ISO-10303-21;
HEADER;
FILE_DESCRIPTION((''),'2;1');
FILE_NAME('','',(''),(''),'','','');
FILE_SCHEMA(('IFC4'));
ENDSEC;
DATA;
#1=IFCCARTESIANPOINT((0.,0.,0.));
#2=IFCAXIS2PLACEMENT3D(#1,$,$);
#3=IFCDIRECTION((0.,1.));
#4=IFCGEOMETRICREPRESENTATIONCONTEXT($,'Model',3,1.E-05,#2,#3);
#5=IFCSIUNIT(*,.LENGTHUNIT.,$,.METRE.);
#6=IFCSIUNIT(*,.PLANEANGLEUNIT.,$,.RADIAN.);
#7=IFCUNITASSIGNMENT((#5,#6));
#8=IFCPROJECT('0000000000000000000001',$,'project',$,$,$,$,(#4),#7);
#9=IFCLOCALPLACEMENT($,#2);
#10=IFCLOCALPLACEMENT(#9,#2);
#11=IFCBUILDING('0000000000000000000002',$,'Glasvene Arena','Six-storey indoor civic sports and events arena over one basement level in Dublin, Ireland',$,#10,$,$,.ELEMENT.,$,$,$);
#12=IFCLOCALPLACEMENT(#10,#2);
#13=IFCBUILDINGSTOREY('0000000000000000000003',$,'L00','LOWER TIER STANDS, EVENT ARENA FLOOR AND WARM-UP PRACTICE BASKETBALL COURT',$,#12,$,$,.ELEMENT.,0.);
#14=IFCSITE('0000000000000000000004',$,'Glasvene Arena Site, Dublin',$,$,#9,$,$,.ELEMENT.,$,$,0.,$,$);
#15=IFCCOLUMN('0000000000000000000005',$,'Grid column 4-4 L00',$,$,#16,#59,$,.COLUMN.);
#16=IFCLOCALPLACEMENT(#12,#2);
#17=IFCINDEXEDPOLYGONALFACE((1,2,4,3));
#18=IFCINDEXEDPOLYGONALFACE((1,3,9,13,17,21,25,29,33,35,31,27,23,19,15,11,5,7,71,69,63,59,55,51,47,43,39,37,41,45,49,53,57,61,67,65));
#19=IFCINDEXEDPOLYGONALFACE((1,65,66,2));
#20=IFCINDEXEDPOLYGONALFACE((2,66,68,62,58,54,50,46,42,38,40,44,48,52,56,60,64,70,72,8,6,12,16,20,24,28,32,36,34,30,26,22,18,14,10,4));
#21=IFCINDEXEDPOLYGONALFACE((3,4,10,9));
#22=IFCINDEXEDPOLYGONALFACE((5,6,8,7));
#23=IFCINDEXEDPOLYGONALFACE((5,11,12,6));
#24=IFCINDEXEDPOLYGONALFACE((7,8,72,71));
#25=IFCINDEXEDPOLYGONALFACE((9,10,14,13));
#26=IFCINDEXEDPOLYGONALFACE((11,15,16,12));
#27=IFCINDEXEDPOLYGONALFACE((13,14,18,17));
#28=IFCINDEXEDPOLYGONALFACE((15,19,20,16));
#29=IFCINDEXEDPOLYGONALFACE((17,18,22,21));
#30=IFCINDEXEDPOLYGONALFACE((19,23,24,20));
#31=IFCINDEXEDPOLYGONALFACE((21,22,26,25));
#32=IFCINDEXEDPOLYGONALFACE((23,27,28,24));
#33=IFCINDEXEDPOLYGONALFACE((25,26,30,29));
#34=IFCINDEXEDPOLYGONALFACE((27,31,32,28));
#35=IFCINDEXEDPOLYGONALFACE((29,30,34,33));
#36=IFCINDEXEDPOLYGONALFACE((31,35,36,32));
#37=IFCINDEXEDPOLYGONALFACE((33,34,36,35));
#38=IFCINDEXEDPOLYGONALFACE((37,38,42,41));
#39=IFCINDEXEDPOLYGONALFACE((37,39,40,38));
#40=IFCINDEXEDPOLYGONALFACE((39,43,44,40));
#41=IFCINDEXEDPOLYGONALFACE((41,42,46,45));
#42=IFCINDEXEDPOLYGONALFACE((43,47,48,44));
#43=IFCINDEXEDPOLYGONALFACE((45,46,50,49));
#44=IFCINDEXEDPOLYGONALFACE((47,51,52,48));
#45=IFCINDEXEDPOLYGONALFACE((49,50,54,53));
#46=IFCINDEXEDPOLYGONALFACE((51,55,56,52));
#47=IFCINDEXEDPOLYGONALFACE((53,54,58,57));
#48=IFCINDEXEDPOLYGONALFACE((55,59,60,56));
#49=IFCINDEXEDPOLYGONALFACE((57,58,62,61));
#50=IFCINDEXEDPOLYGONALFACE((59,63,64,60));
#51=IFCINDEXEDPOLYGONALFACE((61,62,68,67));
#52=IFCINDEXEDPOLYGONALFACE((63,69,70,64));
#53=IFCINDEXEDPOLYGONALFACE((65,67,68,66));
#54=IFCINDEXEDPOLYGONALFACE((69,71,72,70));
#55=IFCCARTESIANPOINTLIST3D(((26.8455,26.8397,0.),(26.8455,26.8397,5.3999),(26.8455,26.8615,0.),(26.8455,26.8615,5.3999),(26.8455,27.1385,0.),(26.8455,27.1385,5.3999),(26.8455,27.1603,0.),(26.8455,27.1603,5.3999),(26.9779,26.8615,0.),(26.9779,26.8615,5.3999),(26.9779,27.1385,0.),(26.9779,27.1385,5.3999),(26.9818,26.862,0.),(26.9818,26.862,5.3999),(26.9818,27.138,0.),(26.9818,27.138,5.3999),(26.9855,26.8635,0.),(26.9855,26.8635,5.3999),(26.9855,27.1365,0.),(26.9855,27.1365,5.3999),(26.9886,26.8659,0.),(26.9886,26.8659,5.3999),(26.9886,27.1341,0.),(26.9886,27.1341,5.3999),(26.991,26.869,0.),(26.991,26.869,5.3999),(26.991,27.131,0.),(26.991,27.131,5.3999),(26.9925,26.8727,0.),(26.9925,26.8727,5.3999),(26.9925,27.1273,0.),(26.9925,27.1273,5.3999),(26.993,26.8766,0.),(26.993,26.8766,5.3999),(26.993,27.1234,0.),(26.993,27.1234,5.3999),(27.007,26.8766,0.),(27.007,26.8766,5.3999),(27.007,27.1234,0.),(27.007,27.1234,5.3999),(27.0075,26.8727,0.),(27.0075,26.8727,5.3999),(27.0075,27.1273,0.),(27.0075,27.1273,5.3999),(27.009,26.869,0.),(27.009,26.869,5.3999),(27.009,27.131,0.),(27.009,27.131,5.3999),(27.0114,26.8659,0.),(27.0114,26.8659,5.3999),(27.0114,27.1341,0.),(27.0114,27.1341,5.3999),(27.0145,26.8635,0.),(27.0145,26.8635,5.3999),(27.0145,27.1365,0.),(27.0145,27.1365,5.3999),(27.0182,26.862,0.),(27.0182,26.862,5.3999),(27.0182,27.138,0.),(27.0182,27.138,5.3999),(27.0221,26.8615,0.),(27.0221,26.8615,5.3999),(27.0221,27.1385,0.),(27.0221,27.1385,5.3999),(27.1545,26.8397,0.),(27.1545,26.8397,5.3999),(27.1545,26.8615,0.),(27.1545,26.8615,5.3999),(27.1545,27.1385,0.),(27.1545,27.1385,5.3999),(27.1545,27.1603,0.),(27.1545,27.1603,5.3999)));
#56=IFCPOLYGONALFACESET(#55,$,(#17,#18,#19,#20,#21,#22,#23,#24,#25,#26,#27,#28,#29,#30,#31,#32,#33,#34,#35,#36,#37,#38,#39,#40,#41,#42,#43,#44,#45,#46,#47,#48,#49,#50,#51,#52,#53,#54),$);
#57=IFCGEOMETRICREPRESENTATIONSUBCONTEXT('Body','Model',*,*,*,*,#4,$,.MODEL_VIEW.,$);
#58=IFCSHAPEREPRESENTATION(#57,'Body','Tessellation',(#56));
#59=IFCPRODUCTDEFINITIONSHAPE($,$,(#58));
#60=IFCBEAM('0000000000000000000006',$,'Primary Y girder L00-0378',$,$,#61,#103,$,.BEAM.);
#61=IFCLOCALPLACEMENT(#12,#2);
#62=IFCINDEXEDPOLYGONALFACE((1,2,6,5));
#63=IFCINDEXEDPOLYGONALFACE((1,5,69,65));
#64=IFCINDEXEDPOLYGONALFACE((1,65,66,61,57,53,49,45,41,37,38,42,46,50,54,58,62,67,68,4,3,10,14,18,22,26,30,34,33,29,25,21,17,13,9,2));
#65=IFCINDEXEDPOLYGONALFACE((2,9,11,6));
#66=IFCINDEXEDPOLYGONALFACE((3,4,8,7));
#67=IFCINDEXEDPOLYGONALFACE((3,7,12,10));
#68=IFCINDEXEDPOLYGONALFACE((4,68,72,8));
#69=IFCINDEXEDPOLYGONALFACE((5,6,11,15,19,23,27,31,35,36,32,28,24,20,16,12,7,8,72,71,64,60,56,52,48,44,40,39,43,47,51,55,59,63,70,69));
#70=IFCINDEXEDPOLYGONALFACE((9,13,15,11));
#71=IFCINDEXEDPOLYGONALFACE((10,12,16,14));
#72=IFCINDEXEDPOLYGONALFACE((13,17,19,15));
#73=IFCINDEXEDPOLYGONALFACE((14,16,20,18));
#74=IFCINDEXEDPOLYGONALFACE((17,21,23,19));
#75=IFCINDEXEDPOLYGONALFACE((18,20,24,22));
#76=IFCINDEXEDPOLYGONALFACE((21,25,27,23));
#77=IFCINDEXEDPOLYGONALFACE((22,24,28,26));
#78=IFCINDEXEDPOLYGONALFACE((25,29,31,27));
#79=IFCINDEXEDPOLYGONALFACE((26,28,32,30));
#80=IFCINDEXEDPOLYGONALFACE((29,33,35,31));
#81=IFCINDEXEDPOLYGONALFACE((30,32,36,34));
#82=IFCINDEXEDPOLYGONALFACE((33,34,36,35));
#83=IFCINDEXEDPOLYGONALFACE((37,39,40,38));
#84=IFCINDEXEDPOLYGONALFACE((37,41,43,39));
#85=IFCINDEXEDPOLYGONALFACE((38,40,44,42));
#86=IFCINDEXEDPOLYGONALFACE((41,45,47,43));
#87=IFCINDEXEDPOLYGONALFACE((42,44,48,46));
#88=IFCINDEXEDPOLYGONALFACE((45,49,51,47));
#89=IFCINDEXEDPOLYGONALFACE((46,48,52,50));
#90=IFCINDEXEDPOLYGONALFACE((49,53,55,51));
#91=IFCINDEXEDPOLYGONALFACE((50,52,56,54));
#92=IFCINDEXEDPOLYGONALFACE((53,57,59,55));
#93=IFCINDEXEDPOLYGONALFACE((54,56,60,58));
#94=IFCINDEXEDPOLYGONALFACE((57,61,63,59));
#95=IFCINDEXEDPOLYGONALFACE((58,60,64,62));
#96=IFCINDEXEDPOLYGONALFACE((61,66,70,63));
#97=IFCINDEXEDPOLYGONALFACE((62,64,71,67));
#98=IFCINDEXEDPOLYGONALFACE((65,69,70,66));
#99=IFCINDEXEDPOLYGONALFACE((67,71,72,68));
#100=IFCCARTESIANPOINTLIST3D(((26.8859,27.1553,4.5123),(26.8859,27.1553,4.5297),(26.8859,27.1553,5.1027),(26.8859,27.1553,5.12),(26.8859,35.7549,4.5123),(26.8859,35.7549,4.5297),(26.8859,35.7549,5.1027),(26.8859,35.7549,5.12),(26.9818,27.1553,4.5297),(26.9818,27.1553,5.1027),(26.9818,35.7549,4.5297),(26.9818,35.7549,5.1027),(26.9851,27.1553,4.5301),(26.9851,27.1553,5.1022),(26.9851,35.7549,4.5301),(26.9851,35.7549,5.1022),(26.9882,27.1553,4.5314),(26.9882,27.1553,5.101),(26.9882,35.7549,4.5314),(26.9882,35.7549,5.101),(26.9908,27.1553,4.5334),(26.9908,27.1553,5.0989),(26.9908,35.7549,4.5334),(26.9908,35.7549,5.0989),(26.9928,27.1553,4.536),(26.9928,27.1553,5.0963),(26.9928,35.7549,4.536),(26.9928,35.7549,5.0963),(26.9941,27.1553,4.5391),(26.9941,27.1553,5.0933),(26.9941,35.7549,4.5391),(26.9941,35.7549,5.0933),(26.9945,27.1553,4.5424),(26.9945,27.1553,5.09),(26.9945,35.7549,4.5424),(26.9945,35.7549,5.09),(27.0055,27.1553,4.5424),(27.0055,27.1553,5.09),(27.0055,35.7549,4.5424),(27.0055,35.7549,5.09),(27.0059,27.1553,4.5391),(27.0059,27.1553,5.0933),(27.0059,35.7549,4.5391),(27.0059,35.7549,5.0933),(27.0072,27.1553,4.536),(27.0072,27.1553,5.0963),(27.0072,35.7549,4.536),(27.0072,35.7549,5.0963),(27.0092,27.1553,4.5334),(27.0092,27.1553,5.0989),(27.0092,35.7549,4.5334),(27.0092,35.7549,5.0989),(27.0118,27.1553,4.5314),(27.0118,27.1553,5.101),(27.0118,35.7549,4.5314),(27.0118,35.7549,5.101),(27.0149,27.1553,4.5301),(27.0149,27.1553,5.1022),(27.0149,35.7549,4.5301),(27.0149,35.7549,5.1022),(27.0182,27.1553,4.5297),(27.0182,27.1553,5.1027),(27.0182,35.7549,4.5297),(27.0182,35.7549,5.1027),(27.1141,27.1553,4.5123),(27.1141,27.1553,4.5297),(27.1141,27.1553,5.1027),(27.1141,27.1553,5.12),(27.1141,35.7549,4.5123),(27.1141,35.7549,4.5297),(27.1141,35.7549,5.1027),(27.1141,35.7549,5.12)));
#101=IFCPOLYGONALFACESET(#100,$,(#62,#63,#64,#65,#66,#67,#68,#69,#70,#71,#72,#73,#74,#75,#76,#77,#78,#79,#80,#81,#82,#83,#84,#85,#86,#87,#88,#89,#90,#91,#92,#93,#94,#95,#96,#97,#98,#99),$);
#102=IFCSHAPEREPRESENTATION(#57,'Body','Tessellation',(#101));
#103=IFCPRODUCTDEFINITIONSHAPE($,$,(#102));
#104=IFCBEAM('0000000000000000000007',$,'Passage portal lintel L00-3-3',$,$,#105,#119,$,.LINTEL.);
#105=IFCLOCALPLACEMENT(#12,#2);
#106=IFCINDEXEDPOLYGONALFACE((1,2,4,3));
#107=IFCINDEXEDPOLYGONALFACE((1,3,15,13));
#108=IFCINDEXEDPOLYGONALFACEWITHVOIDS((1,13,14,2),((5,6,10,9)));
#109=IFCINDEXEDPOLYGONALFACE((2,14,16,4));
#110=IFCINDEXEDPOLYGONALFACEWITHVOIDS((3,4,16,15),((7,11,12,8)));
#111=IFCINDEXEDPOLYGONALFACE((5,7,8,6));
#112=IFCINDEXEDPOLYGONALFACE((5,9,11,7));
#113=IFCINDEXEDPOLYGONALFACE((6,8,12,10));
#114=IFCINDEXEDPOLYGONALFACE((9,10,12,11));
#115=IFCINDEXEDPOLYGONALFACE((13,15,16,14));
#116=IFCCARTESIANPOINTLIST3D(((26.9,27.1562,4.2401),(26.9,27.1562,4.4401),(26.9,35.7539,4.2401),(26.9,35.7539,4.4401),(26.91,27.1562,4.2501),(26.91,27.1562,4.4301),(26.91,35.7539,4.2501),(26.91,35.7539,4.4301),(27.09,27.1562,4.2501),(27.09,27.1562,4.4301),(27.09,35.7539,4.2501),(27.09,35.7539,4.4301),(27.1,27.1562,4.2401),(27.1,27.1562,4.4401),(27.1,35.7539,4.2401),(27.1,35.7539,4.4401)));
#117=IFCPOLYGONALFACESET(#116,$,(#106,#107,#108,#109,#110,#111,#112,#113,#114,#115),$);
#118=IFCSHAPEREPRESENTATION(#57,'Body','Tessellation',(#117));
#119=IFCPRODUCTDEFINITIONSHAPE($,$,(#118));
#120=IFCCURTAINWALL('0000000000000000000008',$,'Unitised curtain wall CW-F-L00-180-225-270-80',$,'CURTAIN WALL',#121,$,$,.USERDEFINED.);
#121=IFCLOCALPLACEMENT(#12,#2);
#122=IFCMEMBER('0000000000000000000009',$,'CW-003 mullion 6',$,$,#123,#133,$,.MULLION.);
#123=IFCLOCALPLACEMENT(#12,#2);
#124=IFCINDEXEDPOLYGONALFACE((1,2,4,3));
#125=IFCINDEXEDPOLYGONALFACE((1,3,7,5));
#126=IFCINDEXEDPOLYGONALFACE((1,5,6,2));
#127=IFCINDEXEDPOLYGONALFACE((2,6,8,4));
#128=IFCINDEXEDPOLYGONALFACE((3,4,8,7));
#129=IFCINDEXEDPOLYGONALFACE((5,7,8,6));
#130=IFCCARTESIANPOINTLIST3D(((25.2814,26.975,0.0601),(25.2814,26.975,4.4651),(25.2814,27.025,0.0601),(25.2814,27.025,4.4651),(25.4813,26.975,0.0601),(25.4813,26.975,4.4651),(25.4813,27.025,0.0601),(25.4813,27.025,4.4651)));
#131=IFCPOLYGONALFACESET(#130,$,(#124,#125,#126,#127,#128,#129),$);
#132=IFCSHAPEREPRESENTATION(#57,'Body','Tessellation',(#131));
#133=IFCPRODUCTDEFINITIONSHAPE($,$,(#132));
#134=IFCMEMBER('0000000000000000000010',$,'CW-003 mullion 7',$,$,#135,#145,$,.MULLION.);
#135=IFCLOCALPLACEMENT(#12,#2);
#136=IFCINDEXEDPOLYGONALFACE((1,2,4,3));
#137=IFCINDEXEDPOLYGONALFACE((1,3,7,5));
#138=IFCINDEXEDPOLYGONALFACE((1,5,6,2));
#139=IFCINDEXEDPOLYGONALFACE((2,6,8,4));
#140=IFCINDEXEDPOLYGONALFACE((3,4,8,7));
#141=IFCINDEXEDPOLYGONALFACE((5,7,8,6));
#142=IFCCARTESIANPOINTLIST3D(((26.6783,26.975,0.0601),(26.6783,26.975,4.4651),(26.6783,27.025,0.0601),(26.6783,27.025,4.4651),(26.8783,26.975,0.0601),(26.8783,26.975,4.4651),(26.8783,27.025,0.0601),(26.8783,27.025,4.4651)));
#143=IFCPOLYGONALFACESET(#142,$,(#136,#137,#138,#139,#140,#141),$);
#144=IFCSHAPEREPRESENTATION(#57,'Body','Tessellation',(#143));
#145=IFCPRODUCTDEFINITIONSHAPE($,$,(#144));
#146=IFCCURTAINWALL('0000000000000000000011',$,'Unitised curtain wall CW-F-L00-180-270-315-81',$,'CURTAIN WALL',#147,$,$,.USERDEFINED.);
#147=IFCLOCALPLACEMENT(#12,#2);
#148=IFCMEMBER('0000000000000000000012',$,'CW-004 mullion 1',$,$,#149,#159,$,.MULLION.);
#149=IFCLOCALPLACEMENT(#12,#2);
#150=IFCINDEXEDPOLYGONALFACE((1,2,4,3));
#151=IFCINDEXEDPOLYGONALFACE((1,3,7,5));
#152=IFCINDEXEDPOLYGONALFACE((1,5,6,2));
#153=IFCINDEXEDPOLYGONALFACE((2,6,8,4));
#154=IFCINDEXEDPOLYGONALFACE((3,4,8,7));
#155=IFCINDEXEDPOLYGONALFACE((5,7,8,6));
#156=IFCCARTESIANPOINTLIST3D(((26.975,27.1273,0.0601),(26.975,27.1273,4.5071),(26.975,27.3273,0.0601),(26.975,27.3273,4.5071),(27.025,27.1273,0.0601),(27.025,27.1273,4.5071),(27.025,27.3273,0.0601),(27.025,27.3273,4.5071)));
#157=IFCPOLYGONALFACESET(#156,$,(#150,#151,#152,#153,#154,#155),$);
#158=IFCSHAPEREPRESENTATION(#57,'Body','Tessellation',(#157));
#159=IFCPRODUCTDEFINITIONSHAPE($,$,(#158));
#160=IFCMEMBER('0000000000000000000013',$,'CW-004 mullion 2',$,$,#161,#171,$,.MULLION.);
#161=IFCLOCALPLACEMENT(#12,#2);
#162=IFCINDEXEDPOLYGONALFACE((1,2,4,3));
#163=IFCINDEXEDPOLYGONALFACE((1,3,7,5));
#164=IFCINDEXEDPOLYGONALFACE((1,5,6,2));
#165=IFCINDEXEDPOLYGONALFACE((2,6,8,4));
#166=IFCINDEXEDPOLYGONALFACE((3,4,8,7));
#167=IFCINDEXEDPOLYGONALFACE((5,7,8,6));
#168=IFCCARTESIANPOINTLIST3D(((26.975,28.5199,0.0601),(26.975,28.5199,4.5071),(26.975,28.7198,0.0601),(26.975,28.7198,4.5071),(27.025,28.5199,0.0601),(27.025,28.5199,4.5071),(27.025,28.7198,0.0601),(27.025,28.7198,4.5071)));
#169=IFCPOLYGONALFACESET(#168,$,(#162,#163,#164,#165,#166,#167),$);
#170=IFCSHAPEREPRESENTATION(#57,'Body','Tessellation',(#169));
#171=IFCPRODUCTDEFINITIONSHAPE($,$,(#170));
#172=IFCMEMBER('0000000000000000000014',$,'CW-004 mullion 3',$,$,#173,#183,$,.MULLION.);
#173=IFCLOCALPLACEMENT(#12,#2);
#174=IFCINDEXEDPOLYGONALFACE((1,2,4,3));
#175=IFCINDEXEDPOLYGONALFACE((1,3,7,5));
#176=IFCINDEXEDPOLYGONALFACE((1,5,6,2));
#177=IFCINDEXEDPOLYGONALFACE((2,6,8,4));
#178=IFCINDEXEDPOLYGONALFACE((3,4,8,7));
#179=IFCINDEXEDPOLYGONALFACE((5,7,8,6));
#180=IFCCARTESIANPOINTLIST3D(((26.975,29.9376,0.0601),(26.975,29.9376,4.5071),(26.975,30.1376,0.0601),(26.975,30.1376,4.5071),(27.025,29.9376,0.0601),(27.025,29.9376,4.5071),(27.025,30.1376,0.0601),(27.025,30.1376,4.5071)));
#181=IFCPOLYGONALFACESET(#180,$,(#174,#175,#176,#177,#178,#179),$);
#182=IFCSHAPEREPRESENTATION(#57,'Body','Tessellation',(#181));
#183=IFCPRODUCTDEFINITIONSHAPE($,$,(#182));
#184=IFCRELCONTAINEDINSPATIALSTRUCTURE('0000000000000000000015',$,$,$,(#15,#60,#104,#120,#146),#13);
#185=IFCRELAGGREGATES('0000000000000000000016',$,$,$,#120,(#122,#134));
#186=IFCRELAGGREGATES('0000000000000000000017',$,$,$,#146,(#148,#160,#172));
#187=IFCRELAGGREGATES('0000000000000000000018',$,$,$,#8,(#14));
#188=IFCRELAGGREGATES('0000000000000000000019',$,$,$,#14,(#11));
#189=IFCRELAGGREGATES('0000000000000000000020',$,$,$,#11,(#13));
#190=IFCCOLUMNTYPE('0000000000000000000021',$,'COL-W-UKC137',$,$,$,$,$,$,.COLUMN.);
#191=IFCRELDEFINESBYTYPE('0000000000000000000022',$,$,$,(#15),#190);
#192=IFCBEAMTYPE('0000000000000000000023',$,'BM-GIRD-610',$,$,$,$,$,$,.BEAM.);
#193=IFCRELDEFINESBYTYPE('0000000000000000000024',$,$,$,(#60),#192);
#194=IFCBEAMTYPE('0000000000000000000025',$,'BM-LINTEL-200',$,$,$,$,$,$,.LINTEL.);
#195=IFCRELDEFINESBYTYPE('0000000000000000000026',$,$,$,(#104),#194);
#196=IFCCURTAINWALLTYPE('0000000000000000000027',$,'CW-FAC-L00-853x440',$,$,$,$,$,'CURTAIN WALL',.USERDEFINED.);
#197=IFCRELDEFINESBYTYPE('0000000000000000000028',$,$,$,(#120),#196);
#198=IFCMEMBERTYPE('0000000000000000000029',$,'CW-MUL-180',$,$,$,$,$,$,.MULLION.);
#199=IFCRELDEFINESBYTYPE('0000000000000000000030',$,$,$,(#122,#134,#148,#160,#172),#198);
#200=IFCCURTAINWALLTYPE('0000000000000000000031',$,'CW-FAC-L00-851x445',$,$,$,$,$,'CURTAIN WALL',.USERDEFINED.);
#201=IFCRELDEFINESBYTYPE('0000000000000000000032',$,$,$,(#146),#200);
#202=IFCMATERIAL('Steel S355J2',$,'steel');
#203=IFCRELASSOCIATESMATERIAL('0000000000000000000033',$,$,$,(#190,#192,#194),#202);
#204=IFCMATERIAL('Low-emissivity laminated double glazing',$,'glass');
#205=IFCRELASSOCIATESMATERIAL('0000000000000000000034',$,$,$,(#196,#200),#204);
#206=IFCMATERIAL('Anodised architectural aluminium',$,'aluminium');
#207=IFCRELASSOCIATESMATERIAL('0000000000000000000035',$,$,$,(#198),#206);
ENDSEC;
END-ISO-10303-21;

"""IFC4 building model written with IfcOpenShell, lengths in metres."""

from ifc_helpers import new_model, si_unit, direction, frame, origin, origin_2d, place, context, subcontext, project, spatial, rectangle, hollow_rectangle, i_section, extrude, material, material_profile, profile_set, type_object, element, aggregate, save


model = new_model("IFC4")

# Units and contexts
model_context = context("Model", 3, precision=1e-05, world=origin(), true_north=direction((0.0, 1.0)))
body_context = subcontext(model_context, "Body", "Model", "MODEL_VIEW")
ifc_project = project(units=[si_unit("LENGTHUNIT", "METRE"), si_unit("PLANEANGLEUNIT", "RADIAN")], contexts=[model_context])

# Site, building, storey
site_placement = place(None, origin())
site = spatial("IfcSite", under=ifc_project, at=site_placement, Name="Glasvene Arena Site, Dublin", CompositionType="ELEMENT", RefElevation=0.0)
building_placement = place(site_placement, origin())
building = spatial("IfcBuilding", under=site, at=building_placement, Name="Glasvene Arena", Description="Six-storey indoor civic sports and events arena over one basement level in Dublin, Ireland", CompositionType="ELEMENT")
storey_placement = place(building_placement, origin())
storey = spatial("IfcBuildingStorey", under=building, at=storey_placement, Name="L00", Description="LOWER TIER STANDS, EVENT ARENA FLOOR AND WARM-UP PRACTICE BASKETBALL COURT", CompositionType="ELEMENT", Elevation=0.0)

# Column
ifc_material_1 = material(Name="Steel S355J2", Category="steel")
ifc_material_profile_1 = material_profile(ifc_material_1, i_section(OverallWidth=0.3091, OverallDepth=0.3206, WebThickness=0.0139, FlangeThickness=0.0217, FilletRadius=0.0151, at=origin_2d()), Name="UKC 305x305x137")
ifc_profile_set_1 = profile_set([ifc_material_profile_1], Name="Steel S355J2")
column_type = type_object("IfcColumnType", Name="COL-W-UKC137", PredefinedType="COLUMN", material=ifc_profile_set_1)
column_placement = place(storey_placement, frame((27.0, 27.0, 0.0), z_axis=(0.0, 0.0, 1.0), x_axis=(1.0, 0.0, 0.0)))
element("IfcColumn", 1, at=column_placement, inside=storey, type_object=column_type, Name="Grid column 4-4 L00", PredefinedType="COLUMN", context=body_context, shape_type="SweptSolid", body=[
    extrude(i_section(OverallWidth=0.3091, OverallDepth=0.3206, WebThickness=0.0139, FlangeThickness=0.0217, FilletRadius=0.0151, at=origin_2d()), origin(), (0.0, 0.0, 1.0), 5.3999),
])

# Beams
ifc_material_profile_2 = material_profile(ifc_material_1, i_section(OverallWidth=0.2283, OverallDepth=0.6077, WebThickness=0.011, FlangeThickness=0.0173, FilletRadius=0.0127, at=origin_2d()), Name="UKB 610x229x113")
ifc_profile_set_2 = profile_set([ifc_material_profile_2], Name="Steel S355J2")
beam_type_1 = type_object("IfcBeamType", Name="BM-GIRD-610", PredefinedType="BEAM", material=ifc_profile_set_2)
beam_1_placement = place(storey_placement, frame((27.0, 27.1553, 4.8162), z_axis=(0.0, 1.0, 0.0), x_axis=(-1.0, 0.0, 0.0)))
element("IfcBeam", 2, at=beam_1_placement, inside=storey, type_object=beam_type_1, Name="Primary Y girder L00-0378", PredefinedType="BEAM", context=body_context, shape_type="SweptSolid", body=[
    extrude(i_section(OverallWidth=0.2283, OverallDepth=0.6077, WebThickness=0.011, FlangeThickness=0.0173, FilletRadius=0.0127, at=origin_2d()), origin(), (0.0, 0.0, 1.0), 8.5996),
])
ifc_material_profile_3 = material_profile(ifc_material_1, hollow_rectangle(XDim=0.2, YDim=0.2, WallThickness=0.01, at=origin_2d()), Name="SHS 200x200x10.0")
ifc_profile_set_3 = profile_set([ifc_material_profile_3], Name="Steel S355J2")
beam_type_2 = type_object("IfcBeamType", Name="BM-LINTEL-200", PredefinedType="LINTEL", material=ifc_profile_set_3)
beam_2_placement = place(storey_placement, frame((27.0, 27.1562, 4.3401), z_axis=(0.0, 1.0, 0.0), x_axis=(-1.0, 0.0, 0.0)))
element("IfcBeam", 3, at=beam_2_placement, inside=storey, type_object=beam_type_2, Name="Passage portal lintel L00-3-3", PredefinedType="LINTEL", context=body_context, shape_type="SweptSolid", body=[
    extrude(hollow_rectangle(XDim=0.2, YDim=0.2, WallThickness=0.01, at=origin_2d()), origin(), (0.0, 0.0, 1.0), 8.5977),
])

# Curtain walls, members
ifc_material_2 = material(Name="Low-emissivity laminated double glazing", Category="glass")
curtain_wall_type_1 = type_object("IfcCurtainWallType", Name="CW-FAC-L00-853x440", ElementType="CURTAIN WALL", PredefinedType="USERDEFINED", material=ifc_material_2)
curtain_wall_1_placement = place(storey_placement, frame((18.2705, 27.0, 0.0)))
curtain_wall_1 = element("IfcCurtainWall", 4, at=curtain_wall_1_placement, inside=storey, type_object=curtain_wall_type_1, Name="Unitised curtain wall CW-F-L00-180-225-270-80", ObjectType="CURTAIN WALL", PredefinedType="USERDEFINED")
ifc_material_3 = material(Name="Anodised architectural aluminium", Category="aluminium")
ifc_material_profile_4 = material_profile(ifc_material_3, rectangle(XDim=0.05, YDim=0.2, at=origin_2d()), Name="ALU MULLION 50x200")
ifc_profile_set_4 = profile_set([ifc_material_profile_4], Name="Anodised architectural aluminium")
member_type_1 = type_object("IfcMemberType", Name="CW-MUL-180", PredefinedType="MULLION", material=ifc_profile_set_4)
member_1_placement = place(storey_placement, frame((25.3813, 27.0, 0.0601), z_axis=(0.0, 0.0, 1.0), x_axis=(0.0, 1.0, 0.0)))
member_1 = element("IfcMember", 5, at=member_1_placement, type_object=member_type_1, Name="CW-003 mullion 6", PredefinedType="MULLION", context=body_context, shape_type="SweptSolid", body=[
    extrude(rectangle(XDim=0.05, YDim=0.2, at=origin_2d()), origin(), (0.0, 0.0, 1.0), 4.405),
])
member_2_placement = place(storey_placement, frame((26.7783, 27.0, 0.0601), z_axis=(0.0, 0.0, 1.0), x_axis=(0.0, 1.0, 0.0)))
member_2 = element("IfcMember", 6, at=member_2_placement, type_object=member_type_1, Name="CW-003 mullion 7", PredefinedType="MULLION", context=body_context, shape_type="SweptSolid", body=[
    extrude(rectangle(XDim=0.05, YDim=0.2, at=origin_2d()), origin(), (0.0, 0.0, 1.0), 4.405),
])
curtain_wall_type_2 = type_object("IfcCurtainWallType", Name="CW-FAC-L00-851x445", ElementType="CURTAIN WALL", PredefinedType="USERDEFINED", material=ifc_material_2)
curtain_wall_2_placement = place(storey_placement, frame((27.0, 27.2024, 0.0)))
curtain_wall_2 = element("IfcCurtainWall", 7, at=curtain_wall_2_placement, inside=storey, type_object=curtain_wall_type_2, Name="Unitised curtain wall CW-F-L00-180-270-315-81", ObjectType="CURTAIN WALL", PredefinedType="USERDEFINED")
member_3_placement = place(storey_placement, frame((27.0, 27.2273, 0.0601), z_axis=(0.0, 0.0, 1.0), x_axis=(-1.0, 0.0, 0.0)))
member_3 = element("IfcMember", 8, at=member_3_placement, type_object=member_type_1, Name="CW-004 mullion 1", PredefinedType="MULLION", context=body_context, shape_type="SweptSolid", body=[
    extrude(rectangle(XDim=0.05, YDim=0.2, at=origin_2d()), origin(), (0.0, 0.0, 1.0), 4.447),
])
member_4_placement = place(storey_placement, frame((27.0, 28.6199, 0.0601), z_axis=(0.0, 0.0, 1.0), x_axis=(-1.0, 0.0, 0.0)))
member_4 = element("IfcMember", 9, at=member_4_placement, type_object=member_type_1, Name="CW-004 mullion 2", PredefinedType="MULLION", context=body_context, shape_type="SweptSolid", body=[
    extrude(rectangle(XDim=0.05, YDim=0.2, at=origin_2d()), origin(), (0.0, 0.0, 1.0), 4.447),
])
member_5_placement = place(storey_placement, frame((27.0, 30.0376, 0.0601), z_axis=(0.0, 0.0, 1.0), x_axis=(-1.0, 0.0, 0.0)))
member_5 = element("IfcMember", 10, at=member_5_placement, type_object=member_type_1, Name="CW-004 mullion 3", PredefinedType="MULLION", context=body_context, shape_type="SweptSolid", body=[
    extrude(rectangle(XDim=0.05, YDim=0.2, at=origin_2d()), origin(), (0.0, 0.0, 1.0), 4.447),
])

aggregate(curtain_wall_1, [member_1, member_2])
aggregate(curtain_wall_2, [member_3, member_4, member_5])

save(model, "model.ifc")
